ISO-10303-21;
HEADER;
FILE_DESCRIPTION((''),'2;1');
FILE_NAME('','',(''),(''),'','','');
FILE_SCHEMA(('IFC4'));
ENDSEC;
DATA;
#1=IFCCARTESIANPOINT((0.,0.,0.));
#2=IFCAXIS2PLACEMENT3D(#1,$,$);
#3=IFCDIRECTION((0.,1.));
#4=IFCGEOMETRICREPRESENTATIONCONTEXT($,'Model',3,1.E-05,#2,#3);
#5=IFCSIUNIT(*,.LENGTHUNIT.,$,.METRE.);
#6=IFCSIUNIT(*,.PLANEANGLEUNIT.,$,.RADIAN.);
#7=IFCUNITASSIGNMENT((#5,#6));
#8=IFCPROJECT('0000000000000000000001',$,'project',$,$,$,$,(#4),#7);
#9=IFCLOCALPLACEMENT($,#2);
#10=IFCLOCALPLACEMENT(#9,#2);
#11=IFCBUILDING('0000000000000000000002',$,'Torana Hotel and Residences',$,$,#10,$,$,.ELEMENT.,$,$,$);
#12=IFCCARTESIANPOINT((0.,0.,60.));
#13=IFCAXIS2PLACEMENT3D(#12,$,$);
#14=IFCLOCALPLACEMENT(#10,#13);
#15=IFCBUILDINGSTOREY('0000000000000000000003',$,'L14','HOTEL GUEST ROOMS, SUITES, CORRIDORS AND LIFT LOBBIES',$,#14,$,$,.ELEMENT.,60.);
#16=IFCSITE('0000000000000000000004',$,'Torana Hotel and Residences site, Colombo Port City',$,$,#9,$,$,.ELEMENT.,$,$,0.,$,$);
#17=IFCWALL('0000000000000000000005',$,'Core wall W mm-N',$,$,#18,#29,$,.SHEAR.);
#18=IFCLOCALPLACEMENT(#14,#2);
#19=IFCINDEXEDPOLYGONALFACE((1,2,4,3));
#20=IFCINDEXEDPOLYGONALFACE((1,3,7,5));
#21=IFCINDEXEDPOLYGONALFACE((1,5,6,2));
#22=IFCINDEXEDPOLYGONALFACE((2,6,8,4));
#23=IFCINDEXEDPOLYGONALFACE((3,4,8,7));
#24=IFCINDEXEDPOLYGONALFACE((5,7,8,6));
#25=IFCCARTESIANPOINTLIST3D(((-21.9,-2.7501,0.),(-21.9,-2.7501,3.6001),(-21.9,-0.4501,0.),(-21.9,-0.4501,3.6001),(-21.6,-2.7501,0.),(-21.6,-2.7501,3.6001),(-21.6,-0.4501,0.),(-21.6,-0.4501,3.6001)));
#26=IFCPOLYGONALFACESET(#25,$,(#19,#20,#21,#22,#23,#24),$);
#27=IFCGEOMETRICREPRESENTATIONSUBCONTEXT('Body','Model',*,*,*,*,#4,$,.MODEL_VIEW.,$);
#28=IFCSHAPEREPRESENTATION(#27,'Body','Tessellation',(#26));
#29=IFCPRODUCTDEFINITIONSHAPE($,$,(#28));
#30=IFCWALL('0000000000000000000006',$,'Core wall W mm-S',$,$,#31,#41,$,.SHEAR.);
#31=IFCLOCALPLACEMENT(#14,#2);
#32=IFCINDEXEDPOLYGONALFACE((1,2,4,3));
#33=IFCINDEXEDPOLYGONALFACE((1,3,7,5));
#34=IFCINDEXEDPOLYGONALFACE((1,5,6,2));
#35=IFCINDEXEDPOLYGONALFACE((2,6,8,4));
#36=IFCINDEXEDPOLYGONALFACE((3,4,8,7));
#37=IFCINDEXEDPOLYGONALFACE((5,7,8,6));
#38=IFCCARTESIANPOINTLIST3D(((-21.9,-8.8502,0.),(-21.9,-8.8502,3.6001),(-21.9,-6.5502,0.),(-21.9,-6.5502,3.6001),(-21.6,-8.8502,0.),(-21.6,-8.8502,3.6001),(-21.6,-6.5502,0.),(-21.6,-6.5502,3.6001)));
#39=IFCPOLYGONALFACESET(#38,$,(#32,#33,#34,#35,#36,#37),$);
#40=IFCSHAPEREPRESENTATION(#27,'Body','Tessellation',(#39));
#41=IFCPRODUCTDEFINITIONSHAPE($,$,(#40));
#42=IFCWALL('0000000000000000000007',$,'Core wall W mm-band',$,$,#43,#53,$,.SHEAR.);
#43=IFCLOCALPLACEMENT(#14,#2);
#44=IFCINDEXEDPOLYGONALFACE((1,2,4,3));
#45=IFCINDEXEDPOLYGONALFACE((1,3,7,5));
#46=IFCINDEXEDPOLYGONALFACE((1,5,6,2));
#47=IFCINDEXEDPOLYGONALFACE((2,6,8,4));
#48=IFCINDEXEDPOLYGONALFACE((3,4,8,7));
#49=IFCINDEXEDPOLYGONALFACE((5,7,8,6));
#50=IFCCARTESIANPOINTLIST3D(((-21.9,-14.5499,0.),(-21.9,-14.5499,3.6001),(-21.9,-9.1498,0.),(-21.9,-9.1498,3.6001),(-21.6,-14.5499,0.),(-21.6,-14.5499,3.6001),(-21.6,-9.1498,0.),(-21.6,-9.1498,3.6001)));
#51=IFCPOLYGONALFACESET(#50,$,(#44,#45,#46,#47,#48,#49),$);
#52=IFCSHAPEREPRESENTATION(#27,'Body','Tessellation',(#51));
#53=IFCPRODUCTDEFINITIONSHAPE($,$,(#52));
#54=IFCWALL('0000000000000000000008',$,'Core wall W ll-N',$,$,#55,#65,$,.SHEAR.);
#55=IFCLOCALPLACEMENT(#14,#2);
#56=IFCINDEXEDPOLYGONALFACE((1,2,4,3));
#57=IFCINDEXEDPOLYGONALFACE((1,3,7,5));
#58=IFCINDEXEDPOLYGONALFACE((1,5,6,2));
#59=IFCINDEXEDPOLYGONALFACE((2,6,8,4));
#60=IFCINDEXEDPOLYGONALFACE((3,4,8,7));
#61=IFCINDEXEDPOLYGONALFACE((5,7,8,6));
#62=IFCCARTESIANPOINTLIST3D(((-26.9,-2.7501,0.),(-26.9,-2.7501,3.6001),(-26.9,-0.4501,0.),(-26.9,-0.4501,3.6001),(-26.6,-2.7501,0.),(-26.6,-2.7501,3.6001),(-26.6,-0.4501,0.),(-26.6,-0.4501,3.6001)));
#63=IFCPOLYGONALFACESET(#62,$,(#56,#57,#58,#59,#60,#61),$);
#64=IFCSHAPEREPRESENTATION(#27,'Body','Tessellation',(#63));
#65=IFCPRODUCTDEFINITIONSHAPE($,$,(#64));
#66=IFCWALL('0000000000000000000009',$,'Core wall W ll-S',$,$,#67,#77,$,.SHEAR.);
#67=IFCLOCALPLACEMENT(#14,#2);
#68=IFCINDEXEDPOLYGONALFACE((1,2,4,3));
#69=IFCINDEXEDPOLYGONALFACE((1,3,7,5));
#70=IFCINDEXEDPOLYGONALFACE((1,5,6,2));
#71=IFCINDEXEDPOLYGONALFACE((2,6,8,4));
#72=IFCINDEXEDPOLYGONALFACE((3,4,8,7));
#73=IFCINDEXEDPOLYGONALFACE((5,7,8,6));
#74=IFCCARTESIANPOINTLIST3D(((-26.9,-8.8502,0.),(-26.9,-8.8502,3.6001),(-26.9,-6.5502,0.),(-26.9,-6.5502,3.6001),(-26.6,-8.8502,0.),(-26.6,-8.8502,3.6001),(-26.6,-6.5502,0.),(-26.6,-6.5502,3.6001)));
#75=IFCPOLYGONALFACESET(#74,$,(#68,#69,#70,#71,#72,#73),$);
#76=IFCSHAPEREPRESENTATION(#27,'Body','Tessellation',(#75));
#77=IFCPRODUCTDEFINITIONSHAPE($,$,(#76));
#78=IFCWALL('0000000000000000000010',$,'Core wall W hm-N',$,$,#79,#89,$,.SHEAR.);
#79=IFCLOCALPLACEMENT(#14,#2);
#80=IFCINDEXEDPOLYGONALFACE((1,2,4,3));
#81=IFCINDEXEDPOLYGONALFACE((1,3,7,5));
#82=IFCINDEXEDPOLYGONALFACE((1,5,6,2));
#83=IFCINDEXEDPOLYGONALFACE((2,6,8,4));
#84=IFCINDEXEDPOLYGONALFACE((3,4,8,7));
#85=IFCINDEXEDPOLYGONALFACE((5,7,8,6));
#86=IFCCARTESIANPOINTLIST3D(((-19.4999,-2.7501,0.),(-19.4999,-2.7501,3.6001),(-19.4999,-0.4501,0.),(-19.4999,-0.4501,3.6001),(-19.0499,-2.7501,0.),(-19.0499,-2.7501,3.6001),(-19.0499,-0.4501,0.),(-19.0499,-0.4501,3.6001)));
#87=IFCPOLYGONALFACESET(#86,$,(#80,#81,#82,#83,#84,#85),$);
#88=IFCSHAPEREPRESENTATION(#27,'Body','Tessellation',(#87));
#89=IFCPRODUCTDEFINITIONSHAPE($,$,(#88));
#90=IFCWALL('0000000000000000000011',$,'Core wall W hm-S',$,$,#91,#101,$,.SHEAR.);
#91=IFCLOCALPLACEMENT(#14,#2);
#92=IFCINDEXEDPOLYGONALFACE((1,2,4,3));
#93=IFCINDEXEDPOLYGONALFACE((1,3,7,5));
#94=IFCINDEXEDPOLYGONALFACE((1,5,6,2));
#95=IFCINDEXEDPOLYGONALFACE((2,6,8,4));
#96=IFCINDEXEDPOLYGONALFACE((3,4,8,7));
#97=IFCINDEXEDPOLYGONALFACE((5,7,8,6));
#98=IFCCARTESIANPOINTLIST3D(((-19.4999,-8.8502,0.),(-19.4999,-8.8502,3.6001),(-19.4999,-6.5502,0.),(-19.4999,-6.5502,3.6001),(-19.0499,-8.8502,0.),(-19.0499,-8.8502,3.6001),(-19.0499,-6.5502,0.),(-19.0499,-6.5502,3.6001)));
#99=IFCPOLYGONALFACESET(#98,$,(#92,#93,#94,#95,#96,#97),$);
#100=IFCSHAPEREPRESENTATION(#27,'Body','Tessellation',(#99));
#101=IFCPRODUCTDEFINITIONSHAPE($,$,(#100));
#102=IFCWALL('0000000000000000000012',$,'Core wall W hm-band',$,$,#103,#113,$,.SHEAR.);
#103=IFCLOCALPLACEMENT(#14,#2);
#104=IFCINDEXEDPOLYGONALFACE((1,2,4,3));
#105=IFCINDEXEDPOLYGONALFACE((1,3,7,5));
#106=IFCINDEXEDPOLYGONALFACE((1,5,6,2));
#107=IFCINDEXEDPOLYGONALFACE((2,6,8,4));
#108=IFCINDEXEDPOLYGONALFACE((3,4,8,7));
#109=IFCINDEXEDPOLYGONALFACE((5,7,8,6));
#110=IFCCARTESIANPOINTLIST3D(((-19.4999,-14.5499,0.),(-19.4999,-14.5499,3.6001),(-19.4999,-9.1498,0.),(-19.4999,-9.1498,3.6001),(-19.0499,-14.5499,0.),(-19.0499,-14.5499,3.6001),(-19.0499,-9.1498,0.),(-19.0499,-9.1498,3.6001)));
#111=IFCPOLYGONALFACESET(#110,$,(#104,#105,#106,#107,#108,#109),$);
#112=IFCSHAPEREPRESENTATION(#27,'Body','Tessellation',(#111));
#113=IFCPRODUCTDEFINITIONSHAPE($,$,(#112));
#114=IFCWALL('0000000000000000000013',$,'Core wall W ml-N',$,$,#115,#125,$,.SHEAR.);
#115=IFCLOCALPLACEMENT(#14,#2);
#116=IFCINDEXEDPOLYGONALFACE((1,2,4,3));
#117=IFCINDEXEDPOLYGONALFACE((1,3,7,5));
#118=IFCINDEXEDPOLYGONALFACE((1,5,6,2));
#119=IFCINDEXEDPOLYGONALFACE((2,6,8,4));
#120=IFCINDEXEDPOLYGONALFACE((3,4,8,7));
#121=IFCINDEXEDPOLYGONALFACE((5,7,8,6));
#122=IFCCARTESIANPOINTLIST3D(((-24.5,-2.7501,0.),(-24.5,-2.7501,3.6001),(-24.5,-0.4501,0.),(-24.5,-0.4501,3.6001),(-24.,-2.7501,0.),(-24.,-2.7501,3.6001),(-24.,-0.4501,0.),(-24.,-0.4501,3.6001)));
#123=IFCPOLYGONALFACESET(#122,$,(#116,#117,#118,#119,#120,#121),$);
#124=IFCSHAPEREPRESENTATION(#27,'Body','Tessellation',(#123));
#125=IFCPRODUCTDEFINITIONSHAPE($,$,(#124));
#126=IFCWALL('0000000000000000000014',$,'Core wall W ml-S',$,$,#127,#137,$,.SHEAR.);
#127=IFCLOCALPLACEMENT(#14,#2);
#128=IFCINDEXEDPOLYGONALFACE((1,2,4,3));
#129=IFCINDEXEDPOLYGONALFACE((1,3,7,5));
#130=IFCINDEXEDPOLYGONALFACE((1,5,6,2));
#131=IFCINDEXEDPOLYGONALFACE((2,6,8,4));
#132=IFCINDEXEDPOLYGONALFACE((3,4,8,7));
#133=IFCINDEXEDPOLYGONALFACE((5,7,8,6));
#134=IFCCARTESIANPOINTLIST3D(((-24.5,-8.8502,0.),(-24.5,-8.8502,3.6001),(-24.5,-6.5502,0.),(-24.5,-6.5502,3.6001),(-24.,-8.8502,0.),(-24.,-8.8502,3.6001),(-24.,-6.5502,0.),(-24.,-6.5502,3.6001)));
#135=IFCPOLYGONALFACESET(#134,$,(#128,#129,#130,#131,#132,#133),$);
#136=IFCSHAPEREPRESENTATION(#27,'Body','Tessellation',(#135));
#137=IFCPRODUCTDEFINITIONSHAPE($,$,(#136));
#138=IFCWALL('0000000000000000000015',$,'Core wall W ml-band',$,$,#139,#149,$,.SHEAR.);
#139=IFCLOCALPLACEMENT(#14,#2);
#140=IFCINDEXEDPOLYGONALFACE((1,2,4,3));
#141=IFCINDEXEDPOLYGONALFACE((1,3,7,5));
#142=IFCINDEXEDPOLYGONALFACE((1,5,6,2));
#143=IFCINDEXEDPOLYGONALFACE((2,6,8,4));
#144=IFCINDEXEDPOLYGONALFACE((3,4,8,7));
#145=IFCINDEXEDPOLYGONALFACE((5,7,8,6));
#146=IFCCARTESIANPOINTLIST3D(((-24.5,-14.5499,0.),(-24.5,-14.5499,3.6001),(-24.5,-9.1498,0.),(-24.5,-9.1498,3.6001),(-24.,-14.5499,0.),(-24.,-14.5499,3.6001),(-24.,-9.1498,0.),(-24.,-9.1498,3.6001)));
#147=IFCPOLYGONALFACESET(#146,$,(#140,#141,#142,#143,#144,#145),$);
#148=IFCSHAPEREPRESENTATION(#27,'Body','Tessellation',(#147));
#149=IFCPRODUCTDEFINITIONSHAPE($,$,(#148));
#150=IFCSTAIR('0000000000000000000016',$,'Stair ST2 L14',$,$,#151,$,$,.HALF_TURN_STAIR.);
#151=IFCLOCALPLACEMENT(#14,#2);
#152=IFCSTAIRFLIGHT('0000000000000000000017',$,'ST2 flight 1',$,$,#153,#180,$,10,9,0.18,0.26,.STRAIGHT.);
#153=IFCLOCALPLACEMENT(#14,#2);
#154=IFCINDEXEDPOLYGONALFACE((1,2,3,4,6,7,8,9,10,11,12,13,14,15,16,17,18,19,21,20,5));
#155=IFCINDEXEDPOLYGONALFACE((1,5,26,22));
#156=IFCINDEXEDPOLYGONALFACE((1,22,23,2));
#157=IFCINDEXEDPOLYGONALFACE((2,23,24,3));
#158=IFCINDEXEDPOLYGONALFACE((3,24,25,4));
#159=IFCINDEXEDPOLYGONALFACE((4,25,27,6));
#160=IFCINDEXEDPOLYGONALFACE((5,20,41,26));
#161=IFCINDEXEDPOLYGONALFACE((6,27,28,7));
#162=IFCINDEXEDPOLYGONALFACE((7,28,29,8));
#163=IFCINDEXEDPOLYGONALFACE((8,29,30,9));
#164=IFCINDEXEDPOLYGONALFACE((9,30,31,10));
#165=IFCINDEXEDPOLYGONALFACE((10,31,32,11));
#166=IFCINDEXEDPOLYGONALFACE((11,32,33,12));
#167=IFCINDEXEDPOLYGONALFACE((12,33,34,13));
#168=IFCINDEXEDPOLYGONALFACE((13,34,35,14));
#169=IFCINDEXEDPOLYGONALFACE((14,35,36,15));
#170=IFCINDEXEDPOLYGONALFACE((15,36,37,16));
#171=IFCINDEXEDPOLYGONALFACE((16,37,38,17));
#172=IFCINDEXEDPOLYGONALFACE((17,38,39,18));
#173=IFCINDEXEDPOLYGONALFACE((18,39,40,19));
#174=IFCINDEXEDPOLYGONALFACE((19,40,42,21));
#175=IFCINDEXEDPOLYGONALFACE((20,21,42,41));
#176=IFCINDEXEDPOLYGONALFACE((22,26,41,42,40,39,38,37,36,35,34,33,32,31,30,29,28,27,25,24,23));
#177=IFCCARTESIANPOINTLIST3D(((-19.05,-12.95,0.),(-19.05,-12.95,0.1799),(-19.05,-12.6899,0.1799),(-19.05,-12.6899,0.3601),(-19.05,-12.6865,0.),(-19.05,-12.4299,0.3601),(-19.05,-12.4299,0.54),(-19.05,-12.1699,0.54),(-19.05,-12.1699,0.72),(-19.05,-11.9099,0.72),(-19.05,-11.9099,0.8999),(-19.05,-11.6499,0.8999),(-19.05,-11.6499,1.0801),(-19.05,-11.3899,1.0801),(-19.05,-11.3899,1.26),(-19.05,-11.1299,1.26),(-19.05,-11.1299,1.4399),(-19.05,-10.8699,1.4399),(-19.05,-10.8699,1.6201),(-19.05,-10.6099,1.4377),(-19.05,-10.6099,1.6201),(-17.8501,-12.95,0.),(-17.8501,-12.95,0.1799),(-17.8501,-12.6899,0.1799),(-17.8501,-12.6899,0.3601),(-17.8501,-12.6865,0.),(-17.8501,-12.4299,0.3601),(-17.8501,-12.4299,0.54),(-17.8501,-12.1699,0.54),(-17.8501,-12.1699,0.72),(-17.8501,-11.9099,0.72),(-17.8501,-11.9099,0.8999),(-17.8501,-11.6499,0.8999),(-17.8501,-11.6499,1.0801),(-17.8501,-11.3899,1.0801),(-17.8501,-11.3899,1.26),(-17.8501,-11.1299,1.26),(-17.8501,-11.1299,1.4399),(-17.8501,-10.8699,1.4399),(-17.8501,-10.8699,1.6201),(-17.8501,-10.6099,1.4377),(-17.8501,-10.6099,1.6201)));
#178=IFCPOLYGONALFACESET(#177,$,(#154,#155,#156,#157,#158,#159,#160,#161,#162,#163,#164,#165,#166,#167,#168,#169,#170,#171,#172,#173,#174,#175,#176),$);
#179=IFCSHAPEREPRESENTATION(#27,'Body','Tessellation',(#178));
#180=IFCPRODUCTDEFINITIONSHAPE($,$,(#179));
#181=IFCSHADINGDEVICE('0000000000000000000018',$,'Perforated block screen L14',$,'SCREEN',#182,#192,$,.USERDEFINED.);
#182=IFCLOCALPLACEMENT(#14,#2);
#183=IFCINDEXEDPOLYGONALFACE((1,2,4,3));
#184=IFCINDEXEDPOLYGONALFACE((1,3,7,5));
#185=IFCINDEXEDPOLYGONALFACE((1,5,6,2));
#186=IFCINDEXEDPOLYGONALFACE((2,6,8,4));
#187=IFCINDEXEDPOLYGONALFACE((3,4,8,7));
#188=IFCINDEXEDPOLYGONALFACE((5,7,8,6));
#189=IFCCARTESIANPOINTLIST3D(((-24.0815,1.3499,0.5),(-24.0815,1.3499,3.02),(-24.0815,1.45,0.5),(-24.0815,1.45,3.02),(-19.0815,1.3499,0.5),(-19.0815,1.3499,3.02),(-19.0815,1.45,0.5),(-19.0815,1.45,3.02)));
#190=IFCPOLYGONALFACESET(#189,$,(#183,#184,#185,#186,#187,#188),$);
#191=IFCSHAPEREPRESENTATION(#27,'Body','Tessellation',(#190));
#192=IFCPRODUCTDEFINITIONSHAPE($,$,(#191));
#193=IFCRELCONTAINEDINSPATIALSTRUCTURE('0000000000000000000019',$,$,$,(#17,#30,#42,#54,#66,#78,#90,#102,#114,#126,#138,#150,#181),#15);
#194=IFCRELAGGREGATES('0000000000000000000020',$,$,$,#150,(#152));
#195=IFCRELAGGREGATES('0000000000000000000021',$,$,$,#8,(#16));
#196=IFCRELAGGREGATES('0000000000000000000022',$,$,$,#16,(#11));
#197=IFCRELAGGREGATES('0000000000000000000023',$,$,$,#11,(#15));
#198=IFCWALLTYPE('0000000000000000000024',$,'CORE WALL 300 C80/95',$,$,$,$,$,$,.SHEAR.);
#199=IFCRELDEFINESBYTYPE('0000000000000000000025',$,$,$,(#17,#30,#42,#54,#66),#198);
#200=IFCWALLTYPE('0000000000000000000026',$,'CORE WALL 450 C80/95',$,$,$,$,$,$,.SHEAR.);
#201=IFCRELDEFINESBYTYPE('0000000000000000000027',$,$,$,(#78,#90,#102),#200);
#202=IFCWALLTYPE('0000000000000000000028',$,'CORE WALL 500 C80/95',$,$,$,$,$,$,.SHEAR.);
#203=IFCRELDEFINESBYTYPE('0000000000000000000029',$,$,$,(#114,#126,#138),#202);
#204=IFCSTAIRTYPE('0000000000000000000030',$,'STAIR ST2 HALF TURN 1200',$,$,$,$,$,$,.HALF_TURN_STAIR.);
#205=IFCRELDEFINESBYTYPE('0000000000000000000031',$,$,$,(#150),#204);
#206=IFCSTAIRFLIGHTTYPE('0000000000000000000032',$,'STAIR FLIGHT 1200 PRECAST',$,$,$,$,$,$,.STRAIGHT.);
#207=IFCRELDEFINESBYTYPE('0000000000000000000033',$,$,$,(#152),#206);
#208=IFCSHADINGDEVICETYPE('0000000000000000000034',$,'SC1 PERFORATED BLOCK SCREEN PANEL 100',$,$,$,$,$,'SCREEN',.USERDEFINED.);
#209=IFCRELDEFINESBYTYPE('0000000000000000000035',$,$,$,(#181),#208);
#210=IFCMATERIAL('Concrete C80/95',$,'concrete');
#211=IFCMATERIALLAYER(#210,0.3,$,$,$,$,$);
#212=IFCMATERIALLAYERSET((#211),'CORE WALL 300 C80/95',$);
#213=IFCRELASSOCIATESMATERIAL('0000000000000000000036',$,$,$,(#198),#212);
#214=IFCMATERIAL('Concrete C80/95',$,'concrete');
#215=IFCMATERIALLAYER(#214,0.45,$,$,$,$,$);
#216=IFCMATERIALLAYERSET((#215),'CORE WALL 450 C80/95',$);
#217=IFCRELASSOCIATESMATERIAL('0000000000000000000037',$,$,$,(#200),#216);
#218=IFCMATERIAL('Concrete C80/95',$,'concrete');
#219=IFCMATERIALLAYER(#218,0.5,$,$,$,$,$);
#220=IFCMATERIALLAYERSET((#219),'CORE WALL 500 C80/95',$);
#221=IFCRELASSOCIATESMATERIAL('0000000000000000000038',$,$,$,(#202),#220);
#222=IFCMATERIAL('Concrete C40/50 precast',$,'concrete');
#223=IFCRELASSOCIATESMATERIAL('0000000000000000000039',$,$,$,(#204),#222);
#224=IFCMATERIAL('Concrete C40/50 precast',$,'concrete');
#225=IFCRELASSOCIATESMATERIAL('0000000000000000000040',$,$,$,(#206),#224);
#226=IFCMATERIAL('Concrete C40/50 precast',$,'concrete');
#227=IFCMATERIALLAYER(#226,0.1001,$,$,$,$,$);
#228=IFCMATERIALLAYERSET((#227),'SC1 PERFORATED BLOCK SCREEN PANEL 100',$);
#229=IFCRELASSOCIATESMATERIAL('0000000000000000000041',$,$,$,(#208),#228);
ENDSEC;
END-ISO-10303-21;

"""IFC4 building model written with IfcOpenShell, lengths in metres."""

from ifc_helpers import new_model, si_unit, direction, frame, frame_2d, origin, origin_2d, place, context, subcontext, project, spatial, polyline, rectangle, outline, extrude, material, layer, layer_set, type_object, element, aggregate, save


model = new_model("IFC4")

# Units and contexts
model_context = context("Model", 3, precision=1e-05, world=origin(), true_north=direction((0.0, 1.0)))
body_context = subcontext(model_context, "Body", "Model", "MODEL_VIEW")
ifc_project = project(units=[si_unit("LENGTHUNIT", "METRE"), si_unit("PLANEANGLEUNIT", "RADIAN")], contexts=[model_context])

# Site, building, storey
site_placement = place(None, origin())
site = spatial("IfcSite", under=ifc_project, at=site_placement, Name="Torana Hotel and Residences site, Colombo Port City", CompositionType="ELEMENT", RefElevation=0.0)
building_placement = place(site_placement, origin())
building = spatial("IfcBuilding", under=site, at=building_placement, Name="Torana Hotel and Residences", CompositionType="ELEMENT")
storey_placement = place(building_placement, frame((0.0, 0.0, 60.0)))
storey = spatial("IfcBuildingStorey", under=building, at=storey_placement, Name="L14", Description="HOTEL GUEST ROOMS, SUITES, CORRIDORS AND LIFT LOBBIES", CompositionType="ELEMENT", Elevation=60.0)

# Walls
ifc_material_1 = material(Name="Concrete C80/95", Category="concrete")
ifc_layer_1 = layer(ifc_material_1, 0.3)
ifc_layer_set_1 = layer_set([ifc_layer_1], Name="CORE WALL 300 C80/95")
wall_type_1 = type_object("IfcWallType", Name="CORE WALL 300 C80/95", PredefinedType="SHEAR", material=ifc_layer_set_1)
for number, where, z_axis, x_axis, name in (
    (1, (-21.75, -2.75, 0.0), (0.0, 0.0, 1.0), (0.0, 1.0, 0.0), "Core wall W mm-N"),
    (2, (-21.75, -8.8501, 0.0), (0.0, 0.0, 1.0), (0.0, 1.0, 0.0), "Core wall W mm-S"),
):
    element("IfcWall", number, at=place(storey_placement, frame(where, z_axis=z_axis, x_axis=x_axis)), inside=storey, type_object=wall_type_1, Name=name, PredefinedType="SHEAR", context=body_context, shape_type="SweptSolid", body=[
        extrude(rectangle(XDim=2.3, YDim=0.3, at=frame_2d((1.1499, 0.0))), origin(), (0.0, 0.0, 1.0), 3.6001),
    ])
wall_1_placement = place(storey_placement, frame((-21.75, -14.55, 0.0), z_axis=(0.0, 0.0, 1.0), x_axis=(0.0, 1.0, 0.0)))
element("IfcWall", 3, at=wall_1_placement, inside=storey, type_object=wall_type_1, Name="Core wall W mm-band", PredefinedType="SHEAR", context=body_context, shape_type="SweptSolid", body=[
    extrude(rectangle(XDim=5.4001, YDim=0.3, at=frame_2d((2.7002, 0.0))), origin(), (0.0, 0.0, 1.0), 3.6001),
])
for number, where, z_axis, x_axis, name in (
    (4, (-26.75, -2.75, 0.0), (0.0, 0.0, 1.0), (0.0, 1.0, 0.0), "Core wall W ll-N"),
    (5, (-26.75, -8.8501, 0.0), (0.0, 0.0, 1.0), (0.0, 1.0, 0.0), "Core wall W ll-S"),
):
    element("IfcWall", number, at=place(storey_placement, frame(where, z_axis=z_axis, x_axis=x_axis)), inside=storey, type_object=wall_type_1, Name=name, PredefinedType="SHEAR", context=body_context, shape_type="SweptSolid", body=[
        extrude(rectangle(XDim=2.3, YDim=0.3, at=frame_2d((1.1499, 0.0))), origin(), (0.0, 0.0, 1.0), 3.6001),
    ])
ifc_material_2 = material(Name="Concrete C80/95", Category="concrete")
ifc_layer_2 = layer(ifc_material_2, 0.45)
ifc_layer_set_2 = layer_set([ifc_layer_2], Name="CORE WALL 450 C80/95")
wall_type_2 = type_object("IfcWallType", Name="CORE WALL 450 C80/95", PredefinedType="SHEAR", material=ifc_layer_set_2)
for number, where, z_axis, x_axis, name in (
    (6, (-19.2749, -2.75, 0.0), (0.0, 0.0, 1.0), (0.0, 1.0, 0.0), "Core wall W hm-N"),
    (7, (-19.2749, -8.8501, 0.0), (0.0, 0.0, 1.0), (0.0, 1.0, 0.0), "Core wall W hm-S"),
):
    element("IfcWall", number, at=place(storey_placement, frame(where, z_axis=z_axis, x_axis=x_axis)), inside=storey, type_object=wall_type_2, Name=name, PredefinedType="SHEAR", context=body_context, shape_type="SweptSolid", body=[
        extrude(rectangle(XDim=2.3, YDim=0.45, at=frame_2d((1.1499, 0.0))), origin(), (0.0, 0.0, 1.0), 3.6001),
    ])
wall_2_placement = place(storey_placement, frame((-19.2749, -14.55, 0.0), z_axis=(0.0, 0.0, 1.0), x_axis=(0.0, 1.0, 0.0)))
element("IfcWall", 8, at=wall_2_placement, inside=storey, type_object=wall_type_2, Name="Core wall W hm-band", PredefinedType="SHEAR", context=body_context, shape_type="SweptSolid", body=[
    extrude(rectangle(XDim=5.4001, YDim=0.45, at=frame_2d((2.7002, 0.0))), origin(), (0.0, 0.0, 1.0), 3.6001),
])
ifc_material_3 = material(Name="Concrete C80/95", Category="concrete")
ifc_layer_3 = layer(ifc_material_3, 0.5)
ifc_layer_set_3 = layer_set([ifc_layer_3], Name="CORE WALL 500 C80/95")
wall_type_3 = type_object("IfcWallType", Name="CORE WALL 500 C80/95", PredefinedType="SHEAR", material=ifc_layer_set_3)
for number, where, z_axis, x_axis, name in (
    (9, (-24.25, -2.75, 0.0), (0.0, 0.0, 1.0), (0.0, 1.0, 0.0), "Core wall W ml-N"),
    (10, (-24.25, -8.8501, 0.0), (0.0, 0.0, 1.0), (0.0, 1.0, 0.0), "Core wall W ml-S"),
):
    element("IfcWall", number, at=place(storey_placement, frame(where, z_axis=z_axis, x_axis=x_axis)), inside=storey, type_object=wall_type_3, Name=name, PredefinedType="SHEAR", context=body_context, shape_type="SweptSolid", body=[
        extrude(rectangle(XDim=2.3, YDim=0.5, at=frame_2d((1.1499, 0.0))), origin(), (0.0, 0.0, 1.0), 3.6001),
    ])
wall_3_placement = place(storey_placement, frame((-24.25, -14.55, 0.0), z_axis=(0.0, 0.0, 1.0), x_axis=(0.0, 1.0, 0.0)))
element("IfcWall", 11, at=wall_3_placement, inside=storey, type_object=wall_type_3, Name="Core wall W ml-band", PredefinedType="SHEAR", context=body_context, shape_type="SweptSolid", body=[
    extrude(rectangle(XDim=5.4001, YDim=0.5, at=frame_2d((2.7002, 0.0))), origin(), (0.0, 0.0, 1.0), 3.6001),
])

# Stair, stair flight
ifc_material_4 = material(Name="Concrete C40/50 precast", Category="concrete")
stair_type = type_object("IfcStairType", Name="STAIR ST2 HALF TURN 1200", PredefinedType="HALF_TURN_STAIR", material=ifc_material_4)
stair_placement = place(storey_placement, origin())
stair = element("IfcStair", 12, at=stair_placement, inside=storey, type_object=stair_type, Name="Stair ST2 L14", PredefinedType="HALF_TURN_STAIR")
ifc_material_5 = material(Name="Concrete C40/50 precast", Category="concrete")
stair_flight_type = type_object("IfcStairFlightType", Name="STAIR FLIGHT 1200 PRECAST", PredefinedType="STRAIGHT", material=ifc_material_5)
stair_flight_placement = place(storey_placement, frame((-18.45, -12.95, 0.0), z_axis=(0.0, 0.0, 1.0), x_axis=(0.0, 1.0, 0.0)))
stair_flight = element("IfcStairFlight", 13, at=stair_flight_placement, type_object=stair_flight_type, Name="ST2 flight 1", NumberOfRisers=10, NumberOfTreads=9, PredefinedType="STRAIGHT", RiserHeight=0.18, TreadLength=0.26, context=body_context, shape_type="SweptSolid", body=[
    extrude(outline(polyline([(0.0, 0.0), (0.0, 0.1799), (0.26, 0.1799), (0.26, 0.3601), (0.52, 0.3601), (0.52, 0.54), (0.78, 0.54), (0.78, 0.72), (1.04, 0.72), (1.04, 0.8999), (1.3, 0.8999), (1.3, 1.0801), (1.5601, 1.0801), (1.5601, 1.26), (1.8201, 1.26), (1.8201, 1.4399), (2.0801, 1.4399), (2.0801, 1.6201), (2.3401, 1.6201), (2.3401, 1.8), (2.3401, 1.4377), (0.2634, 0.0), (0.0, 0.0)])), frame((0.0, 0.6001, 0.0), z_axis=(0.0, -1.0, 0.0), x_axis=(1.0, 0.0, 0.0)), (0.0, 0.0, 1.0), 1.2),
])
aggregate(stair, [stair_flight])

# Shading device
ifc_material_6 = material(Name="Concrete C40/50 precast", Category="concrete")
ifc_layer_4 = layer(ifc_material_6, 0.1001)
ifc_layer_set_4 = layer_set([ifc_layer_4], Name="SC1 PERFORATED BLOCK SCREEN PANEL 100")
shading_device_type = type_object("IfcShadingDeviceType", Name="SC1 PERFORATED BLOCK SCREEN PANEL 100", ElementType="SCREEN", PredefinedType="USERDEFINED", material=ifc_layer_set_4)
shading_device_placement = place(storey_placement, frame((-21.5815, 1.3999, 0.5), z_axis=(0.0, 0.0, 1.0), x_axis=(-1.0, 0.0, 0.0)))
element("IfcShadingDevice", 14, at=shading_device_placement, inside=storey, type_object=shading_device_type, Name="Perforated block screen L14", ObjectType="SCREEN", PredefinedType="USERDEFINED", context=body_context, shape_type="SweptSolid", body=[
    extrude(rectangle(XDim=5.0, YDim=0.1001, at=origin_2d()), origin(), (0.0, 0.0, 1.0), 2.52),
])

save(model, "model.ifc")
